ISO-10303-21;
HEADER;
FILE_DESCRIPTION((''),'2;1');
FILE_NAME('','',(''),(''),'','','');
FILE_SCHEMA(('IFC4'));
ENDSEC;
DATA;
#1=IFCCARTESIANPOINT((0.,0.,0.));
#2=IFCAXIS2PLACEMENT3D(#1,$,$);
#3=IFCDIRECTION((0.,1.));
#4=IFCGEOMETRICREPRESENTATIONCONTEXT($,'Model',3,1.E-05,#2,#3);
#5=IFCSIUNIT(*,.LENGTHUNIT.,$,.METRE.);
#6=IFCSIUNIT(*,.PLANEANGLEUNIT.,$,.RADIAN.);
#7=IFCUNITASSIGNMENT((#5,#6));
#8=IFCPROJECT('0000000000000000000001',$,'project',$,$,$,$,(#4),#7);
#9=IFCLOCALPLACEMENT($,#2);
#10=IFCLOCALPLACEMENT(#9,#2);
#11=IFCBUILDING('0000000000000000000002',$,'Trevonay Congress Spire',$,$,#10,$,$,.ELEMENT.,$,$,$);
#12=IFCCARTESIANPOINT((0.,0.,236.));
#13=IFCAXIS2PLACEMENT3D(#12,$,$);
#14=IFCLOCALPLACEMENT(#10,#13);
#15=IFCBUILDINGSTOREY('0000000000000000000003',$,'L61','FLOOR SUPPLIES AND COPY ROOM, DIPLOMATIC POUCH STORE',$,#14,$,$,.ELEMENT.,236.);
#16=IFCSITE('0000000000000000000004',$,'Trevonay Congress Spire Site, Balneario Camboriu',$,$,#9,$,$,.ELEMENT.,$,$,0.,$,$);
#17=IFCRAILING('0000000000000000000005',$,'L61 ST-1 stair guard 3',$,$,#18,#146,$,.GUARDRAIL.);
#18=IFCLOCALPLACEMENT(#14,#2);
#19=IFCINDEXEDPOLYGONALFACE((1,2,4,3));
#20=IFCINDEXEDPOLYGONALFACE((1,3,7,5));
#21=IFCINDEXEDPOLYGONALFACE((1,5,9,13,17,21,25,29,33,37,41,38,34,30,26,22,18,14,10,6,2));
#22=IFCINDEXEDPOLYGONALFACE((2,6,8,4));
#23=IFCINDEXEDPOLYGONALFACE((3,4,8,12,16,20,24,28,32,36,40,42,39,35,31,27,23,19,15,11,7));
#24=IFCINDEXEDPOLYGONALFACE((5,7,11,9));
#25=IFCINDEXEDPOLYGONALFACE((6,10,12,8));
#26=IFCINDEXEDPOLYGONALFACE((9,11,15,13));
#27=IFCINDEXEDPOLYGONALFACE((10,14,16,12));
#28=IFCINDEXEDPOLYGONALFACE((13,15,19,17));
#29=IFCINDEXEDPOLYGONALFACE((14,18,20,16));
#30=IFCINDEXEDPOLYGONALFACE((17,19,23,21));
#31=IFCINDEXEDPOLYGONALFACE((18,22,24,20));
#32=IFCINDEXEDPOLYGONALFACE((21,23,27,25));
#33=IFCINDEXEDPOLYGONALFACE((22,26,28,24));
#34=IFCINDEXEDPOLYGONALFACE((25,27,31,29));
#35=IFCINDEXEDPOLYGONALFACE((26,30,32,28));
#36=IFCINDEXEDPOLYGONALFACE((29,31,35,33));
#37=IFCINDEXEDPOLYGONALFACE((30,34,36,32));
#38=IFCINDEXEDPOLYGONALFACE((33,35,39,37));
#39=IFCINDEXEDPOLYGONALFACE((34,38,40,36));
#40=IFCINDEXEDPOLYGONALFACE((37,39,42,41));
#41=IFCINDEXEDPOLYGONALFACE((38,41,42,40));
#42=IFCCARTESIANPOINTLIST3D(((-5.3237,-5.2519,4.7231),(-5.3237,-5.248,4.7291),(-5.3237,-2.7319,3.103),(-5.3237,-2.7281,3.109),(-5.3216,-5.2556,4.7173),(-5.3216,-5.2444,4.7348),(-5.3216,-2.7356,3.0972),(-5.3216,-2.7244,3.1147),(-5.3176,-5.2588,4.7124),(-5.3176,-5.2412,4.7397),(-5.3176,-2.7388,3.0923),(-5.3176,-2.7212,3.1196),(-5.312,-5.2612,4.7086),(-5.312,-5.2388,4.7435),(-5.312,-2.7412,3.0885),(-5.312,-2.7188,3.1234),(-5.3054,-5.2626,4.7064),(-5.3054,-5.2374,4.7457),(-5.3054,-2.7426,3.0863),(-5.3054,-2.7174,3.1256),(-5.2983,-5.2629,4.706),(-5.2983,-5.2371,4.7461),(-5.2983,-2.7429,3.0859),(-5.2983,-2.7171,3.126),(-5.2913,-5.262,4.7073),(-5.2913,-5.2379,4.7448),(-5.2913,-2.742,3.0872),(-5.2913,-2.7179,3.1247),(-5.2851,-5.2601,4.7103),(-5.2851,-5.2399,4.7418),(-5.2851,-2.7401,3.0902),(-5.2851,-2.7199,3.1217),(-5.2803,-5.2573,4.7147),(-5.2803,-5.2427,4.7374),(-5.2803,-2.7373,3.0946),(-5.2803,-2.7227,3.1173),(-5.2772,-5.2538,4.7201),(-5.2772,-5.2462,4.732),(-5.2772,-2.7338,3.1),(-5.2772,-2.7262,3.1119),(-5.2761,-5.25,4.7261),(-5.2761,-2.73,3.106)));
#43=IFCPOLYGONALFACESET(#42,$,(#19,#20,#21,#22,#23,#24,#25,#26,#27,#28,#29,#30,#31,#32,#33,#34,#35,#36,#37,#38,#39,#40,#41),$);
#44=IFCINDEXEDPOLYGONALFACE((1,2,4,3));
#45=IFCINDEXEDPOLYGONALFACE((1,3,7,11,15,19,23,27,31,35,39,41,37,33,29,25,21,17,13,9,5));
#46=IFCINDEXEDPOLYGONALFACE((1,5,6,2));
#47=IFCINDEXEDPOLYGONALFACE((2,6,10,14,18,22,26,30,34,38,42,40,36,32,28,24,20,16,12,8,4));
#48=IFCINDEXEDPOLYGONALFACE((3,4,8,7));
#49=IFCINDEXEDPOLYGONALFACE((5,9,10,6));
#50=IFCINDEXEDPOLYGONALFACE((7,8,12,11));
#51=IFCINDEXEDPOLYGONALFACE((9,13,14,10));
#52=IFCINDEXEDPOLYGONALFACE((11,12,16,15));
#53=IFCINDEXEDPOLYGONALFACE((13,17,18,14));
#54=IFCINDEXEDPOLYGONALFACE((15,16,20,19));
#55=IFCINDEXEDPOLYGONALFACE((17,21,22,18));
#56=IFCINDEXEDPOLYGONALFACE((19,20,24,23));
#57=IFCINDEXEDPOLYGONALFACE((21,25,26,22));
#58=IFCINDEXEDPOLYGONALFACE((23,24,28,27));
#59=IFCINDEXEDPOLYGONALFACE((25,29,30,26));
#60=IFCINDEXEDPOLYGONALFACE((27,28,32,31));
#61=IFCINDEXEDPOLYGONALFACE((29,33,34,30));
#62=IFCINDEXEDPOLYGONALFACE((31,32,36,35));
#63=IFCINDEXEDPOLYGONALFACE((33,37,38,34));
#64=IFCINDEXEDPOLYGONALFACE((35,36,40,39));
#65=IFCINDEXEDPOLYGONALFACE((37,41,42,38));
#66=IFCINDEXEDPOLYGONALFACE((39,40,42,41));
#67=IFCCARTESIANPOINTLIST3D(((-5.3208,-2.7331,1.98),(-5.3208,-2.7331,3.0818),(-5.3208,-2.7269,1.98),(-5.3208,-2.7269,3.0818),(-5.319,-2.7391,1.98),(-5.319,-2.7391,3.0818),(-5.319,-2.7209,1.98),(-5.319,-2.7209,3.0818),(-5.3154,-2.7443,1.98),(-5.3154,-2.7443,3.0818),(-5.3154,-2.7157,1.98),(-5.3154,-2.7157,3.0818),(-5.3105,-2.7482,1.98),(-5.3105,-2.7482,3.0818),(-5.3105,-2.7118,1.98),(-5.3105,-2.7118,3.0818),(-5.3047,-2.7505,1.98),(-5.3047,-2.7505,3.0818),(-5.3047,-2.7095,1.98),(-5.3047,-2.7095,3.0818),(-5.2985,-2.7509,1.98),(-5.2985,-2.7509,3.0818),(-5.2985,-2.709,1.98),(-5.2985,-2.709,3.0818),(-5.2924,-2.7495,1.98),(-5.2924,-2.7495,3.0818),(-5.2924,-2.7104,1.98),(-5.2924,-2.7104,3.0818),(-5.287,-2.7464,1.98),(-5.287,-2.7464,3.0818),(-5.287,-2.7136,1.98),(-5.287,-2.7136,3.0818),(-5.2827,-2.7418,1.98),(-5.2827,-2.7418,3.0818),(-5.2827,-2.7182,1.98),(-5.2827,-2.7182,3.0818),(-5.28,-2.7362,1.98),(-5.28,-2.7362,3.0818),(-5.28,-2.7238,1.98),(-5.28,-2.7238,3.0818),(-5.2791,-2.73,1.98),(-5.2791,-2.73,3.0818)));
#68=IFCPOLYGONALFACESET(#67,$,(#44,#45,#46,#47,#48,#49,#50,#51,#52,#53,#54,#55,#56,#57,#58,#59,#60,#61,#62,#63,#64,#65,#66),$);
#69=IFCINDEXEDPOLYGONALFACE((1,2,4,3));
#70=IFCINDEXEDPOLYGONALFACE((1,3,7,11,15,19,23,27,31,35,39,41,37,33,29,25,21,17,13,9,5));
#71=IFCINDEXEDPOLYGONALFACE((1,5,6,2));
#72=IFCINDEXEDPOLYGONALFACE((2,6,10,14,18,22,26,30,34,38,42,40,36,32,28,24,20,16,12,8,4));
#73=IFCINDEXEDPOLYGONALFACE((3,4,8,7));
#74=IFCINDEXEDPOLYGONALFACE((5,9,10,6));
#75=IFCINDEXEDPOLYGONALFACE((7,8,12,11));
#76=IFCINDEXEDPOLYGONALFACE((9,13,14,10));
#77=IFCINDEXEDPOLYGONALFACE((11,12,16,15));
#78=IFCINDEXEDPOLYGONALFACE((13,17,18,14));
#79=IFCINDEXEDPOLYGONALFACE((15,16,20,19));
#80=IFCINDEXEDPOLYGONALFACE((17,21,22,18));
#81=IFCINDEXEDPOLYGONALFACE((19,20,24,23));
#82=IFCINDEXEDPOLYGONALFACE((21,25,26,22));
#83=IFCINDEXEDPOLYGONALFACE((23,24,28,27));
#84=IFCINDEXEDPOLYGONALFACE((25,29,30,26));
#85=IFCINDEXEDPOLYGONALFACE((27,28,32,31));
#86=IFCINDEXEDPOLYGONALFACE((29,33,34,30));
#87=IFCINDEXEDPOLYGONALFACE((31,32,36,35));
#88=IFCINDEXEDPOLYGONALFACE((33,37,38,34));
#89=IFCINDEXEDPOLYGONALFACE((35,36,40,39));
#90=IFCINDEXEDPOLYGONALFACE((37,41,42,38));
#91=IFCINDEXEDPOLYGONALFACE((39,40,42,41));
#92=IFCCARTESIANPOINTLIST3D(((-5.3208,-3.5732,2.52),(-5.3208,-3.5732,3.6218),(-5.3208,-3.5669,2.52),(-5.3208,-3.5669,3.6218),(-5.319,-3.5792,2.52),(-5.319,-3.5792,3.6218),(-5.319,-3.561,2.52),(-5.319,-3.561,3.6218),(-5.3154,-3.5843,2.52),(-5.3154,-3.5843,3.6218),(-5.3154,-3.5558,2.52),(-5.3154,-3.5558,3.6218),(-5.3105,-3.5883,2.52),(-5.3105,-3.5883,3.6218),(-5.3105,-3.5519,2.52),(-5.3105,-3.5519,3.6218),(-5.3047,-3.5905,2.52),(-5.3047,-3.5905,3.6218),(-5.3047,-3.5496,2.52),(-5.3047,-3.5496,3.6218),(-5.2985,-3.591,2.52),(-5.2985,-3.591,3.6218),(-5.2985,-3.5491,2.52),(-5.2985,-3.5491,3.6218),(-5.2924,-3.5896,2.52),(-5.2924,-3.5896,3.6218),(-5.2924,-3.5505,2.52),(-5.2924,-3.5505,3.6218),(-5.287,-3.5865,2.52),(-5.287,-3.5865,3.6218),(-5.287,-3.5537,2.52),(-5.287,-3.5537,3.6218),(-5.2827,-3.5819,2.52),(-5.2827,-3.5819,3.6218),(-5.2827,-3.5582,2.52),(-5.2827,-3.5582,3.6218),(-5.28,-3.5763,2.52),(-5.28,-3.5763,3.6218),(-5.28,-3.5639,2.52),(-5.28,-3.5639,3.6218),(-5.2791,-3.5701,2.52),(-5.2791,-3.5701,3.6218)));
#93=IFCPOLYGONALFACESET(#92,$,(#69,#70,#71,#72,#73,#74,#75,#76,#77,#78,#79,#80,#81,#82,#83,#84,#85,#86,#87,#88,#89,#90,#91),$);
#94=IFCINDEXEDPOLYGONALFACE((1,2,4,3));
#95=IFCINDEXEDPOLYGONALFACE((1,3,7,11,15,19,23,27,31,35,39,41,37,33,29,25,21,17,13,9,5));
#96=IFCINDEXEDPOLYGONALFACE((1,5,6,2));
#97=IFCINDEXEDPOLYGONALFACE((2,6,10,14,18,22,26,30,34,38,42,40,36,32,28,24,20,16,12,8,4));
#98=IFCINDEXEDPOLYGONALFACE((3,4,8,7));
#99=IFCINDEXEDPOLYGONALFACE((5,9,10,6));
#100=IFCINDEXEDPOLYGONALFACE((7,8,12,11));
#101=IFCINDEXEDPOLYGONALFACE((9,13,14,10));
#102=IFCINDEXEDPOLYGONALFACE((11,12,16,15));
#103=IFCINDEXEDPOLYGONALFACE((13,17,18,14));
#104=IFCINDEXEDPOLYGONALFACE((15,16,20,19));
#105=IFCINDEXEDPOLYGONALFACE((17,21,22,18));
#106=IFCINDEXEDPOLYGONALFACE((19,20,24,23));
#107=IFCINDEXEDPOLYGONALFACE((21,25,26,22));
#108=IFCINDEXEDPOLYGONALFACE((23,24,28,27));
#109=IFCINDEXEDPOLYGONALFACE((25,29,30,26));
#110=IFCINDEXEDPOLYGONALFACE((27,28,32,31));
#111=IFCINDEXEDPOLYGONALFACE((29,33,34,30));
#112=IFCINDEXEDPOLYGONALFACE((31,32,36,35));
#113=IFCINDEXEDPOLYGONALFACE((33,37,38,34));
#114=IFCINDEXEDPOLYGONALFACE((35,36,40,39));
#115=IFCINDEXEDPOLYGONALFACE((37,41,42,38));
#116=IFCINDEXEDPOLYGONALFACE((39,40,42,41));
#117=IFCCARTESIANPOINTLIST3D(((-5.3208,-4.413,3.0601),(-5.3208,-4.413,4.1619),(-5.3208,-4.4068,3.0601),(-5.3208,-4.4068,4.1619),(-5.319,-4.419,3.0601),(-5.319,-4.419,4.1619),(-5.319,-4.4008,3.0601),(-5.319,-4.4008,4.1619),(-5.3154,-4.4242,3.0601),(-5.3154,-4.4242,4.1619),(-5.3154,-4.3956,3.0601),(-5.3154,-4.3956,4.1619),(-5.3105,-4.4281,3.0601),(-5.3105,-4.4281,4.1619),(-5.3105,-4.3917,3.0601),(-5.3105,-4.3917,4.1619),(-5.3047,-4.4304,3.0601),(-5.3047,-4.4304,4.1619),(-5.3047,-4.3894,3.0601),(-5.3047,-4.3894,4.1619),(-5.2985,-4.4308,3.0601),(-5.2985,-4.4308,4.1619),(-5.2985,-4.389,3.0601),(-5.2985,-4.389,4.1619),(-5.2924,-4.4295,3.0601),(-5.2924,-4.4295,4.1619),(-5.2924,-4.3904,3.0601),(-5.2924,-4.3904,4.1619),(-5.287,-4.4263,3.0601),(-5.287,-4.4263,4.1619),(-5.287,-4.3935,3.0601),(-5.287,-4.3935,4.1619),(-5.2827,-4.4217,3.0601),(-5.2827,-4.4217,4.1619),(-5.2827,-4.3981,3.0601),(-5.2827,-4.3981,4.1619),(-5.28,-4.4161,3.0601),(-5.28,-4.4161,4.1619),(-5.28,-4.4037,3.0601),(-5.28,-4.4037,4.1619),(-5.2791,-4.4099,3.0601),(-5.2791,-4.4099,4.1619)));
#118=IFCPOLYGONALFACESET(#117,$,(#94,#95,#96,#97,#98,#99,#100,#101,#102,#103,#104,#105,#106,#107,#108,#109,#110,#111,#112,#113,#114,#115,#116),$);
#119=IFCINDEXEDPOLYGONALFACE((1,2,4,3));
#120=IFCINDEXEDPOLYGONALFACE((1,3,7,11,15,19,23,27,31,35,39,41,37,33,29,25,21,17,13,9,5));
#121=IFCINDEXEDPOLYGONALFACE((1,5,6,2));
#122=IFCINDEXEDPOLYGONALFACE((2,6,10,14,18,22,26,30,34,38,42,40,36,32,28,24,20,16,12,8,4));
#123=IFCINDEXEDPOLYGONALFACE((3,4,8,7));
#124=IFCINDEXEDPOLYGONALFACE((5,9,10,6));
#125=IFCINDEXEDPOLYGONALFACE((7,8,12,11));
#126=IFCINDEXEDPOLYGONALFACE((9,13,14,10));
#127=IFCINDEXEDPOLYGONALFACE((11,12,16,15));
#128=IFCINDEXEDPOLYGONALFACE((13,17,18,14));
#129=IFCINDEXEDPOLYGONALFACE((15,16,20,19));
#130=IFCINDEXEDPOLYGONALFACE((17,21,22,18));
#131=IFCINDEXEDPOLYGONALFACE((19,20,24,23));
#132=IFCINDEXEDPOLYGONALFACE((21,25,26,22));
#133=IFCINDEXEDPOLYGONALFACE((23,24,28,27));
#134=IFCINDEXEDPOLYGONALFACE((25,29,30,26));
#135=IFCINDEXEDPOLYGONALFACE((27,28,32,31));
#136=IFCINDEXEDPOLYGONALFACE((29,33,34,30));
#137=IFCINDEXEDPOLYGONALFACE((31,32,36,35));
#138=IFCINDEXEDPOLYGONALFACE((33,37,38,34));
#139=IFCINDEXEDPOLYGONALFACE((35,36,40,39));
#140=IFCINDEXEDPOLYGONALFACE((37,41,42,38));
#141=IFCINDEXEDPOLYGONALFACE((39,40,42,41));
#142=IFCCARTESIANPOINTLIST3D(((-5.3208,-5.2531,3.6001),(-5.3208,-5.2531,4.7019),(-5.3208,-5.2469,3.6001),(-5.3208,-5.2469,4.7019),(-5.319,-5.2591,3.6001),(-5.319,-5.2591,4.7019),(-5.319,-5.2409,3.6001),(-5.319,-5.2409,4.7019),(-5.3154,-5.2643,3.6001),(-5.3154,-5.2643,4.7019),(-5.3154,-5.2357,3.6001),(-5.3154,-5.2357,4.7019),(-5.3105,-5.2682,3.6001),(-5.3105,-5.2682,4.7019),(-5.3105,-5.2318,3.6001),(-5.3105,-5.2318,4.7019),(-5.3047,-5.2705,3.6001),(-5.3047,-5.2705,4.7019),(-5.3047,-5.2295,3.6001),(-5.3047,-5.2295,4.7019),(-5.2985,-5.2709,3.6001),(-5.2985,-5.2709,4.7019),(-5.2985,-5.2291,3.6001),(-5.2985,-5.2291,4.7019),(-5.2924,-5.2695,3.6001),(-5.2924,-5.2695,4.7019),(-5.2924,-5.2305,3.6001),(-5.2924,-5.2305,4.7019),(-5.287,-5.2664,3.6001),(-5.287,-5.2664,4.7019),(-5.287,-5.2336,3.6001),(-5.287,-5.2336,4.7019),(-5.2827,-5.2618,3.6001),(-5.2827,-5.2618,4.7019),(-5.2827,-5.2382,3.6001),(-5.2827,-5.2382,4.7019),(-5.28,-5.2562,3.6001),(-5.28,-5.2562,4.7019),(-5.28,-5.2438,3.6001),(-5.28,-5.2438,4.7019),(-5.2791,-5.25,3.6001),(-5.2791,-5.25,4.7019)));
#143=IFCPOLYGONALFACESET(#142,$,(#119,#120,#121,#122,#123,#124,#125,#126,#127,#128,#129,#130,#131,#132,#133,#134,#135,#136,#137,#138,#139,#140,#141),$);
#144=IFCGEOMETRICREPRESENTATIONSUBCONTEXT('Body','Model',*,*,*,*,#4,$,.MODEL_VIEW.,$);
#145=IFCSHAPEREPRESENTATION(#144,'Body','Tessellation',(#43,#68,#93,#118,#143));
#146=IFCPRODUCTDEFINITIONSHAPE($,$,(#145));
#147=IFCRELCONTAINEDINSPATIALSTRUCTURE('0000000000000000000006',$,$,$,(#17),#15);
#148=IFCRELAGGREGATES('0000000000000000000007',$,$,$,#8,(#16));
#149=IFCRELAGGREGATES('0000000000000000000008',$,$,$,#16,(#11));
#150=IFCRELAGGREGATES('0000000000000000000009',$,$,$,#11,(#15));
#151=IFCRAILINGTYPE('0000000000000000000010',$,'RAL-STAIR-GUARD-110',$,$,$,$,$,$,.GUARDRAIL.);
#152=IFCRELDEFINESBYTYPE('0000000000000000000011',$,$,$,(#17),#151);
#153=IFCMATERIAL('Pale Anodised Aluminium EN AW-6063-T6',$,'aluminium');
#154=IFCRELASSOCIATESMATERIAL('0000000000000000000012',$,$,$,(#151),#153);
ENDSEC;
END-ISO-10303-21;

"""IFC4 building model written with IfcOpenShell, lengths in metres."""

from ifc_helpers import new_model, si_unit, direction, frame, origin, origin_2d, place, context, subcontext, project, spatial, circle, extrude, material, type_object, element, save


model = new_model("IFC4")

# Units and contexts
model_context = context("Model", 3, precision=1e-05, world=origin(), true_north=direction((0.0, 1.0)))
body_context = subcontext(model_context, "Body", "Model", "MODEL_VIEW")
ifc_project = project(units=[si_unit("LENGTHUNIT", "METRE"), si_unit("PLANEANGLEUNIT", "RADIAN")], contexts=[model_context])

# Site, building, storey
site_placement = place(None, origin())
site = spatial("IfcSite", under=ifc_project, at=site_placement, Name="Trevonay Congress Spire Site, Balneario Camboriu", CompositionType="ELEMENT", RefElevation=0.0)
building_placement = place(site_placement, origin())
building = spatial("IfcBuilding", under=site, at=building_placement, Name="Trevonay Congress Spire", CompositionType="ELEMENT")
storey_placement = place(building_placement, frame((0.0, 0.0, 236.0)))
storey = spatial("IfcBuildingStorey", under=building, at=storey_placement, Name="L61", Description="FLOOR SUPPLIES AND COPY ROOM, DIPLOMATIC POUCH STORE", CompositionType="ELEMENT", Elevation=236.0)

# Railing
ifc_material_1 = material(Name="Pale Anodised Aluminium EN AW-6063-T6", Category="aluminium")
railing_type_1 = type_object("IfcRailingType", Name="RAL-STAIR-GUARD-110", PredefinedType="GUARDRAIL", material=ifc_material_1)
railing_1_placement = place(storey_placement, frame((-5.3, -2.73, 1.98)))
element("IfcRailing", 1, at=railing_1_placement, inside=storey, type_object=railing_type_1, Name="L61 ST-1 stair guard 3", PredefinedType="GUARDRAIL", context=body_context, shape_type="SweptSolid", body=[
    extrude(circle(Radius=0.0239, at=origin_2d()), frame((0.0, 0.0, 1.126), z_axis=(0.0, -0.841163, 0.540782), x_axis=(1.0, 0.0, 0.0)), (0.0, 0.0, 1.0), 2.9958),
    extrude(circle(Radius=0.021, at=origin_2d()), origin(), (0.0, 0.0, 1.0), 1.1018),
    extrude(circle(Radius=0.021, at=origin_2d()), frame((0.0, -0.8401, 0.54)), (0.0, 0.0, 1.0), 1.1018),
    extrude(circle(Radius=0.021, at=origin_2d()), frame((0.0, -1.6799, 1.0801)), (0.0, 0.0, 1.0), 1.1018),
    extrude(circle(Radius=0.021, at=origin_2d()), frame((0.0, -2.52, 1.6201)), (0.0, 0.0, 1.0), 1.1018),
])

save(model, "model.ifc")
